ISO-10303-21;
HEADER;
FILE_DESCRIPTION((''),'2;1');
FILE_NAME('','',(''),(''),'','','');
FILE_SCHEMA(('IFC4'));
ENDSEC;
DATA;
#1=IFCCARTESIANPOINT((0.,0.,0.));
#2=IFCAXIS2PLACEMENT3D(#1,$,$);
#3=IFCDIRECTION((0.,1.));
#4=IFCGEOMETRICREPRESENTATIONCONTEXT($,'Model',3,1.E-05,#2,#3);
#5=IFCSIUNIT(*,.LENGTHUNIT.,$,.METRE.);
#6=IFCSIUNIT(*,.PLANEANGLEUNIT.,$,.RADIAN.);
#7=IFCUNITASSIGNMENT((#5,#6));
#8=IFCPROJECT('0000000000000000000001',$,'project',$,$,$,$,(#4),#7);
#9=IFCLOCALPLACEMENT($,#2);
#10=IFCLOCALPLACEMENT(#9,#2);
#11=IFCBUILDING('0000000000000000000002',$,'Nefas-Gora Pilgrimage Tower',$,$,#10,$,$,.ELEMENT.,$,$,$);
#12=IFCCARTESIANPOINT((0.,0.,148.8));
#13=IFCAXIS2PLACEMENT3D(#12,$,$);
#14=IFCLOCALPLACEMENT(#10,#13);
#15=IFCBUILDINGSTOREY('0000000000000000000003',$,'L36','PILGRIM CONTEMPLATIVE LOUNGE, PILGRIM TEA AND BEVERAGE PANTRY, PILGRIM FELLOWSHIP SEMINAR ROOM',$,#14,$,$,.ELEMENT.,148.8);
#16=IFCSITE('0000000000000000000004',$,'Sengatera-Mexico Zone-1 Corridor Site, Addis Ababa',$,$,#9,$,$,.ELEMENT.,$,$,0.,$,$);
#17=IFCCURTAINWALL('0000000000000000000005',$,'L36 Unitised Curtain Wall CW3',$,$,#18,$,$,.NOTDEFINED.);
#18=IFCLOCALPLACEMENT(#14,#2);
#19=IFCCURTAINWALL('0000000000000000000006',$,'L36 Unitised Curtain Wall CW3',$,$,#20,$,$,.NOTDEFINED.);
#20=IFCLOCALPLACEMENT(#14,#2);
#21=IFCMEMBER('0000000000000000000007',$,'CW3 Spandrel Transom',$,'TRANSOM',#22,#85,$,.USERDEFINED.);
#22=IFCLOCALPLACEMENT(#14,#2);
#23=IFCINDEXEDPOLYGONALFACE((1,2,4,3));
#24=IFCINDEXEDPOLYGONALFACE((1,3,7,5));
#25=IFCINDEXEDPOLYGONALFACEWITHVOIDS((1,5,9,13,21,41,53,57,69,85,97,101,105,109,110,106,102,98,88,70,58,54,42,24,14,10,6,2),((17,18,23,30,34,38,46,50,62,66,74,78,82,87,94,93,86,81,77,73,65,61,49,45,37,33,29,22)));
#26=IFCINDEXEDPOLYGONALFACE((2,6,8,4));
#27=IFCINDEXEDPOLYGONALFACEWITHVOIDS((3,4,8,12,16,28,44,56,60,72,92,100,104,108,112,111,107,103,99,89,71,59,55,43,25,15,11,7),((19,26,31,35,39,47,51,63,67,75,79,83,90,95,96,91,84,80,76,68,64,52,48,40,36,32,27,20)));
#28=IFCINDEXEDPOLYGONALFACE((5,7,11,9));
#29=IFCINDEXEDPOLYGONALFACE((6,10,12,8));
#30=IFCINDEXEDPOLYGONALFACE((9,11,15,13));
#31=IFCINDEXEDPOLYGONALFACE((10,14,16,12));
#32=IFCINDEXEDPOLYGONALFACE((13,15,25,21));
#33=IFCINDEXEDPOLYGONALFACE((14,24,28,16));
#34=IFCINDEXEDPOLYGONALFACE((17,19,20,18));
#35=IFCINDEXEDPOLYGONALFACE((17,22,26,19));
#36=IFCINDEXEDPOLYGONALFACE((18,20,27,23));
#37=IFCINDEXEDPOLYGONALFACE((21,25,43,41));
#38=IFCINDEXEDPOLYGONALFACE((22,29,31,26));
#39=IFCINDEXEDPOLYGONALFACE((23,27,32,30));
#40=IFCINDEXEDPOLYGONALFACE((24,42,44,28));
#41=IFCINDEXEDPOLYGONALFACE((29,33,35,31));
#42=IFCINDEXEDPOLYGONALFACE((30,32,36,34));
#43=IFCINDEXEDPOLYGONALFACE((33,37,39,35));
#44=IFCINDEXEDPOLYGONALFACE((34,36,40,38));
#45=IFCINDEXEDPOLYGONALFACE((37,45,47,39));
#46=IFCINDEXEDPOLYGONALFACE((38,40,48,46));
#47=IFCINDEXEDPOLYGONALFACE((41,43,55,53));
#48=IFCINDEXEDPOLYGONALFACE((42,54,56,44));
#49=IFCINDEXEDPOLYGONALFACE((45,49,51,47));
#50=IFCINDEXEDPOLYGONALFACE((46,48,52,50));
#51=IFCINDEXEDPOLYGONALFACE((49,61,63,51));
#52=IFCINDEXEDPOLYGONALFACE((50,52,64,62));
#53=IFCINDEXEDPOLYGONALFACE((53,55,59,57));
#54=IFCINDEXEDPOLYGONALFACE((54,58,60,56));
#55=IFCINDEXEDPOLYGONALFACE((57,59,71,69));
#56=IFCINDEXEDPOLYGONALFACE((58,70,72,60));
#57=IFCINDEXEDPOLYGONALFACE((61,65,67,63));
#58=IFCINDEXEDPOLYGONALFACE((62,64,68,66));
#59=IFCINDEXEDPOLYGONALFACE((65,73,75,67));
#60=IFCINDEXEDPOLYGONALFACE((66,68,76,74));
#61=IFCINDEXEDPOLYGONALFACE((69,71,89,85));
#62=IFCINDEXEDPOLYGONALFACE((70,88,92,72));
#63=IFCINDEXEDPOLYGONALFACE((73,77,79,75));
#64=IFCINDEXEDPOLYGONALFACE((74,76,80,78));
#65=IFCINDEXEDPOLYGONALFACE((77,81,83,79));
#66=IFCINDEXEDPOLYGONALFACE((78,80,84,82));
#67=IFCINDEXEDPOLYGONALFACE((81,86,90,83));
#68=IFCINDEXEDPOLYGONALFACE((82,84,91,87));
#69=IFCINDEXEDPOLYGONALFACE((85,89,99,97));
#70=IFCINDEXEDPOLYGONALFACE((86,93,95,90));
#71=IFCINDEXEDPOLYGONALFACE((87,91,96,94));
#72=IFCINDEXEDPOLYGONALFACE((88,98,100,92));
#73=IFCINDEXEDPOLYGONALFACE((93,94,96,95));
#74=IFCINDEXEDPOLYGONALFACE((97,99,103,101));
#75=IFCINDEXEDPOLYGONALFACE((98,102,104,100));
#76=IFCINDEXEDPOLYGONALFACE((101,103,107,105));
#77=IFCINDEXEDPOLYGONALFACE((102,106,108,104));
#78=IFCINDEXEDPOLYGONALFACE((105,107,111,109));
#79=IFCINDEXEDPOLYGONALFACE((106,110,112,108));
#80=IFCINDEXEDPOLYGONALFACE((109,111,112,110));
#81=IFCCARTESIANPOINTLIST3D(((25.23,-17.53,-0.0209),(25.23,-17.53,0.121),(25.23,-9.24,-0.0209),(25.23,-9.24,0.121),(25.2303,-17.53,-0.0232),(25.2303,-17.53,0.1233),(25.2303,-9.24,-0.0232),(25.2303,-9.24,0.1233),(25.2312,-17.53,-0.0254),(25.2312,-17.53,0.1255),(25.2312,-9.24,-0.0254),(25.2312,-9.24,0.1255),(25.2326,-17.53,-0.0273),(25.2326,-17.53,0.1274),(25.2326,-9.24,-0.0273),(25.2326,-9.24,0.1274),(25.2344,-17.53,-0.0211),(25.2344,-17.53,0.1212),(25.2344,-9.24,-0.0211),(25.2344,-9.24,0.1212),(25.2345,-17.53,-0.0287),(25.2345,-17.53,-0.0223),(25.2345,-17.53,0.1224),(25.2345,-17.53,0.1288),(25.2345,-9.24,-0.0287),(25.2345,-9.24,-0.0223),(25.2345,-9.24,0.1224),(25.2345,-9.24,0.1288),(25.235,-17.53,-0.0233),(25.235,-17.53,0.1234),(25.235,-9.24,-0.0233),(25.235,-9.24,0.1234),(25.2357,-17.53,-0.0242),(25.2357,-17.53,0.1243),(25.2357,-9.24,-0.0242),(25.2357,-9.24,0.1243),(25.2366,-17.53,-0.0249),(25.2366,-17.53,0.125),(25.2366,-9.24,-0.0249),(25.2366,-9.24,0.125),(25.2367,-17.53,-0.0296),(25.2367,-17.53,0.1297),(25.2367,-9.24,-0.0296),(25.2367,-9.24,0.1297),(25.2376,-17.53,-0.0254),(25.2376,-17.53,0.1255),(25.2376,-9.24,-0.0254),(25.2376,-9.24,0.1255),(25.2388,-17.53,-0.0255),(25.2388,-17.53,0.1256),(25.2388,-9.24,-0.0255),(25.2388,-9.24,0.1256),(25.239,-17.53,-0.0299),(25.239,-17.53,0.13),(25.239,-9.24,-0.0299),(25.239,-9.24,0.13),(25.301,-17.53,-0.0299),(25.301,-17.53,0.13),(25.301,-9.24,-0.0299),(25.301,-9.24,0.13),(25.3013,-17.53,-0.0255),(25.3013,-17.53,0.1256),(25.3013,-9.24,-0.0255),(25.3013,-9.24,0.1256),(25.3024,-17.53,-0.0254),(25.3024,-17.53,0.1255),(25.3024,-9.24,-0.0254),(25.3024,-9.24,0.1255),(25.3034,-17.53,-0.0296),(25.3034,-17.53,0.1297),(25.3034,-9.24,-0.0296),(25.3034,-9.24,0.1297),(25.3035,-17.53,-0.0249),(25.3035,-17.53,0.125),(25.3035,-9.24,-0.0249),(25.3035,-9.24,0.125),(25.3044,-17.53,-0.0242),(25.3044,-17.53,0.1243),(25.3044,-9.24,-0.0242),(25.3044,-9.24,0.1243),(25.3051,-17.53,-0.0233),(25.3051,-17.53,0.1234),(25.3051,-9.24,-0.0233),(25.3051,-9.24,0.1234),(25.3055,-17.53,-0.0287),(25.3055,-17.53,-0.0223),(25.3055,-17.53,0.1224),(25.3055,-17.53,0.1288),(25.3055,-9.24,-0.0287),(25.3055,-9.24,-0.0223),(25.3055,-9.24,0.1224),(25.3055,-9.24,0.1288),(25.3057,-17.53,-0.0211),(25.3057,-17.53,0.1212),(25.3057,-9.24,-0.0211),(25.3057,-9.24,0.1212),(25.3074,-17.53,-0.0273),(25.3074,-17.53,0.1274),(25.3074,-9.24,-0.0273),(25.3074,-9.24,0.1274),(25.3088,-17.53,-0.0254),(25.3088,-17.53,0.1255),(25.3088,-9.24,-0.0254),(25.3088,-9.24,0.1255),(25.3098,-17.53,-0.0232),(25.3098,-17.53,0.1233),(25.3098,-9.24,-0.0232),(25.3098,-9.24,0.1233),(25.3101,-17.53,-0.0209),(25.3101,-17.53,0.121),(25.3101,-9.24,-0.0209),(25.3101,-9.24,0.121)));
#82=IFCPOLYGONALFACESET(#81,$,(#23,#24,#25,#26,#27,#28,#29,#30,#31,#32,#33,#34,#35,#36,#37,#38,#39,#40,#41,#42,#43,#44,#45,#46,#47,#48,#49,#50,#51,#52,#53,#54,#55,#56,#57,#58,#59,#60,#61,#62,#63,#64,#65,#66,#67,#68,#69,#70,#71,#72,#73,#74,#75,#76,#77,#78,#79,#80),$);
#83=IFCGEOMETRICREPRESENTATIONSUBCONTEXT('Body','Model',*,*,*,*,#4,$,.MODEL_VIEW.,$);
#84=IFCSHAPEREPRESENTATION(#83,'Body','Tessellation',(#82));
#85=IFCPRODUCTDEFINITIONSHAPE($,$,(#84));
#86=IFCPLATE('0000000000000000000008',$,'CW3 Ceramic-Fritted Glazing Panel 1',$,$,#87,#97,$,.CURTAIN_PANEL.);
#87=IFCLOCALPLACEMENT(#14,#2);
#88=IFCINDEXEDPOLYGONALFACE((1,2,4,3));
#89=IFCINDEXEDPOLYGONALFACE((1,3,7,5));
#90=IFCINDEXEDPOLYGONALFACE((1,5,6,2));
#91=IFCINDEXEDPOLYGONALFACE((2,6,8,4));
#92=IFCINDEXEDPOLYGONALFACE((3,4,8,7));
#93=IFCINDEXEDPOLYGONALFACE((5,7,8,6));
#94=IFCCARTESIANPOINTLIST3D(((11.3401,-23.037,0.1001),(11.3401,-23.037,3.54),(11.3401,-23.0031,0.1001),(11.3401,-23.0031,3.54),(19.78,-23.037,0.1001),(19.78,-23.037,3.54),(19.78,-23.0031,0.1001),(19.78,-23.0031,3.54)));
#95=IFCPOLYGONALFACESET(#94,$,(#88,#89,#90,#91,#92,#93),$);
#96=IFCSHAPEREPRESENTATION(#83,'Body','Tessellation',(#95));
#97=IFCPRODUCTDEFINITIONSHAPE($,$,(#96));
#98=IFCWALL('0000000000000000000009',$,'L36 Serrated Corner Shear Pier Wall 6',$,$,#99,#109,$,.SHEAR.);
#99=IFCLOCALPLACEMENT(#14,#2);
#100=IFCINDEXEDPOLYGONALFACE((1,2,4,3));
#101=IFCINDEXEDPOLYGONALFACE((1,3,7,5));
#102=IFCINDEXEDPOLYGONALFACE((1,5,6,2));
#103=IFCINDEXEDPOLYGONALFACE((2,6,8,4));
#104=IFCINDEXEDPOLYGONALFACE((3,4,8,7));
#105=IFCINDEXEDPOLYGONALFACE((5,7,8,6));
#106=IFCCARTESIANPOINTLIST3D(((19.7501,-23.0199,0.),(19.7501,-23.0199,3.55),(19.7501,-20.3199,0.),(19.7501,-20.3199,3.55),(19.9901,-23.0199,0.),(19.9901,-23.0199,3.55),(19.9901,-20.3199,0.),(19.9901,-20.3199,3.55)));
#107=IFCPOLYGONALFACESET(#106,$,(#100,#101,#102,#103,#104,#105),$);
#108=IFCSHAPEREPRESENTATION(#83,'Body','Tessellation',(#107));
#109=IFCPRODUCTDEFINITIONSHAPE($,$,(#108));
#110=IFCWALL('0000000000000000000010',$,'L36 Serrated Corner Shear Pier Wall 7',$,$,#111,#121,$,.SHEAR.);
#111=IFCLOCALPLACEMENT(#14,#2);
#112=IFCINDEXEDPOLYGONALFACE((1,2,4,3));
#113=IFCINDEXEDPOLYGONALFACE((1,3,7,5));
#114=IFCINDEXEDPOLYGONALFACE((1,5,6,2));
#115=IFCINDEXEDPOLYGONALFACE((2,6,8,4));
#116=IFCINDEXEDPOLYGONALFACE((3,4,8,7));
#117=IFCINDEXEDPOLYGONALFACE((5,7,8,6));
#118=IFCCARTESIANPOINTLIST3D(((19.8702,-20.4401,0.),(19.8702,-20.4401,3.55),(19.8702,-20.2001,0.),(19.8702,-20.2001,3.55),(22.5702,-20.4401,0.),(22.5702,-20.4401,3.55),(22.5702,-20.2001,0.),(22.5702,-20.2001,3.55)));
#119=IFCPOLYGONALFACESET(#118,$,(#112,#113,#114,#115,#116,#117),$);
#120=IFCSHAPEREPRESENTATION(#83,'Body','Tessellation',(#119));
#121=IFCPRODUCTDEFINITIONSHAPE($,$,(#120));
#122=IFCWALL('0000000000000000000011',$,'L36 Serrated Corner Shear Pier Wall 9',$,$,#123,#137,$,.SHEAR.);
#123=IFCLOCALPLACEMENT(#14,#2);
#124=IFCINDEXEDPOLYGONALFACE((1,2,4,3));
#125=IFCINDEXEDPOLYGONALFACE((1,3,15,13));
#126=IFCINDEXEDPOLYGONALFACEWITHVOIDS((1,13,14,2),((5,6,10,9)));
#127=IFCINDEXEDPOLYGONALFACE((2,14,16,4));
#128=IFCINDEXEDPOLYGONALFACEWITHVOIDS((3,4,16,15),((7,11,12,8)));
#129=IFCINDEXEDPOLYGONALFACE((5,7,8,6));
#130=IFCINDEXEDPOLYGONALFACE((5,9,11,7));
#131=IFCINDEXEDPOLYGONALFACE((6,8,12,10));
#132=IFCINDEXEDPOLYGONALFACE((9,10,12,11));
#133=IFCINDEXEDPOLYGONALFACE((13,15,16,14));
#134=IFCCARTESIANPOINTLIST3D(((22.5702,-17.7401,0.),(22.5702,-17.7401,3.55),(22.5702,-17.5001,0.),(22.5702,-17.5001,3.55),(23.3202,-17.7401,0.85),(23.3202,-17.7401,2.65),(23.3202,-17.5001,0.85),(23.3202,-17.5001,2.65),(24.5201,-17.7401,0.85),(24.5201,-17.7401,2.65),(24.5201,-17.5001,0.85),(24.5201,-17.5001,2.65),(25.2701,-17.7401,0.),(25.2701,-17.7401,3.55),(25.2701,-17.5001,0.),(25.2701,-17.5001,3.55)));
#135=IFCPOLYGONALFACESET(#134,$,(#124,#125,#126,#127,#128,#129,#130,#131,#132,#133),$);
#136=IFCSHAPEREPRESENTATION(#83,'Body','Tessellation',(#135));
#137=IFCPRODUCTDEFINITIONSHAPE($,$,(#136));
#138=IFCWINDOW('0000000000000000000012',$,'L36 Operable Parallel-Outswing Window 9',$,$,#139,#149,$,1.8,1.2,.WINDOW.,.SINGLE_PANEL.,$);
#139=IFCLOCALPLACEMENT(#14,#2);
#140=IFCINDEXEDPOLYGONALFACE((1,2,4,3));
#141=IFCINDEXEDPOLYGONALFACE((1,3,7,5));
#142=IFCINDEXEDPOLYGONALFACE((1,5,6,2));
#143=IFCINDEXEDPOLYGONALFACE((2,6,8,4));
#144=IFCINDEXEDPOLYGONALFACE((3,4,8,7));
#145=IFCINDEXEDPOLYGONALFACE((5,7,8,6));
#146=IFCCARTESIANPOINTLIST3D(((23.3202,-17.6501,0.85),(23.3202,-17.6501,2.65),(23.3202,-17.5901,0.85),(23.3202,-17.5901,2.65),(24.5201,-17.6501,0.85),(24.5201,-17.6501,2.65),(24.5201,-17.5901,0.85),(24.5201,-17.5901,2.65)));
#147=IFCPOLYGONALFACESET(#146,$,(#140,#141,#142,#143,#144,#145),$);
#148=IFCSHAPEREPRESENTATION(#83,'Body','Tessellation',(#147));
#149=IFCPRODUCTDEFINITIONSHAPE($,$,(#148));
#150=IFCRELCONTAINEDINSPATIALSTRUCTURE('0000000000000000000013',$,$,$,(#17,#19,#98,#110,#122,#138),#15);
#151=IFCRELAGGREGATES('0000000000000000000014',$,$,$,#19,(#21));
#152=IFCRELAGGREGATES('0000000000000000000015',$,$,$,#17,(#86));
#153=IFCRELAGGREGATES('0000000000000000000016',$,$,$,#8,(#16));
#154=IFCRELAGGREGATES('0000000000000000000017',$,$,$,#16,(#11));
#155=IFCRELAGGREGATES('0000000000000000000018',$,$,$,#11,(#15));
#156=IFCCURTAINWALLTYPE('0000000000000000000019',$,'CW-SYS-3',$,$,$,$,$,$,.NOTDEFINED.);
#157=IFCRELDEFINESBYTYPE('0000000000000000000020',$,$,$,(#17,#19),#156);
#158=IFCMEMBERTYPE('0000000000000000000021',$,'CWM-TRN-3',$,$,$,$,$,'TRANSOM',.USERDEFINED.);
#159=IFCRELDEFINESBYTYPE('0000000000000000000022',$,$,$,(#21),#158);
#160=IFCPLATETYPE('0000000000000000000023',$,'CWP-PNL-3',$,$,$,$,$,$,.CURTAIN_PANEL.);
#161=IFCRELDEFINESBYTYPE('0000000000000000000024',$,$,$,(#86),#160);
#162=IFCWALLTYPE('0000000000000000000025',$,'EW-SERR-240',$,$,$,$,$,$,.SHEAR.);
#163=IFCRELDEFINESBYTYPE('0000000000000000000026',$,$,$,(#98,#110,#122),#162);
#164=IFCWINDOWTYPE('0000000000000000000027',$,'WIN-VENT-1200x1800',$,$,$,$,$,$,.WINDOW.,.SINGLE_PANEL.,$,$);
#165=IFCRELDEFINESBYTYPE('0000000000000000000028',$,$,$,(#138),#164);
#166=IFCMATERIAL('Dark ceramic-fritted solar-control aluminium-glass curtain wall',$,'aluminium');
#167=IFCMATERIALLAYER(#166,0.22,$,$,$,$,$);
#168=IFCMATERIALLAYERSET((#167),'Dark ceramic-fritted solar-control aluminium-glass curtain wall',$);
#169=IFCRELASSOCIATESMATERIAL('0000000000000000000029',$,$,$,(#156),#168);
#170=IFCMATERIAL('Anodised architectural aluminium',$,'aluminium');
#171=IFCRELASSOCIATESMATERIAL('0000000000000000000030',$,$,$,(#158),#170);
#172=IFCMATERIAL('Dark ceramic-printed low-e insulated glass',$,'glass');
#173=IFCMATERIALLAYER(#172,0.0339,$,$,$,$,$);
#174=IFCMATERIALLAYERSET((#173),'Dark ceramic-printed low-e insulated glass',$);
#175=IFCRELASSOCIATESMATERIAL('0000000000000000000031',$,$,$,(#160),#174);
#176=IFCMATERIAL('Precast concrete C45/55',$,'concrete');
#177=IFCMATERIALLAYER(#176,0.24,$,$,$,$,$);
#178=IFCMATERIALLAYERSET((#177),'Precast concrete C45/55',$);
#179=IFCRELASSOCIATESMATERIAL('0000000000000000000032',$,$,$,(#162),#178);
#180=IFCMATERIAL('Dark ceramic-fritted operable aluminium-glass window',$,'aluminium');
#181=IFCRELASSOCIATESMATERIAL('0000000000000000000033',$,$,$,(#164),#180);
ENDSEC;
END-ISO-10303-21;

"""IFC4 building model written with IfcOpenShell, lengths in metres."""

from ifc_helpers import new_model, si_unit, direction, frame, frame_2d, origin, origin_2d, place, context, subcontext, project, spatial, rectangle, hollow_rectangle, extrude, source, transform, mapped, material, layer, layer_set, material_profile, profile_set, type_object, element, fill, aggregate, save


model = new_model("IFC4")

# Units and contexts
model_context = context("Model", 3, precision=1e-05, world=origin(), true_north=direction((0.0, 1.0)))
body_context = subcontext(model_context, "Body", "Model", "MODEL_VIEW")
ifc_project = project(units=[si_unit("LENGTHUNIT", "METRE"), si_unit("PLANEANGLEUNIT", "RADIAN")], contexts=[model_context])

# Site, building, storey
site_placement = place(None, origin())
site = spatial("IfcSite", under=ifc_project, at=site_placement, Name="Sengatera-Mexico Zone-1 Corridor Site, Addis Ababa", CompositionType="ELEMENT", RefElevation=0.0)
building_placement = place(site_placement, origin())
building = spatial("IfcBuilding", under=site, at=building_placement, Name="Nefas-Gora Pilgrimage Tower", CompositionType="ELEMENT")
storey_placement = place(building_placement, frame((0.0, 0.0, 148.8)))
storey = spatial("IfcBuildingStorey", under=building, at=storey_placement, Name="L36", Description="PILGRIM CONTEMPLATIVE LOUNGE, PILGRIM TEA AND BEVERAGE PANTRY, PILGRIM FELLOWSHIP SEMINAR ROOM", CompositionType="ELEMENT", Elevation=148.8)

# Curtain wall
ifc_material_1 = material(Name="Dark ceramic-fritted solar-control aluminium-glass curtain wall", Category="aluminium")
ifc_layer_1 = layer(ifc_material_1, 0.22)
ifc_layer_set_1 = layer_set([ifc_layer_1], Name="Dark ceramic-fritted solar-control aluminium-glass curtain wall")
curtain_wall_type = type_object("IfcCurtainWallType", Name="CW-SYS-3", PredefinedType="NOTDEFINED", material=ifc_layer_set_1)
curtain_wall_1_placement = place(storey_placement, origin())
curtain_wall_1 = element("IfcCurtainWall", 1, at=curtain_wall_1_placement, inside=storey, type_object=curtain_wall_type, Name="L36 Unitised Curtain Wall CW3", PredefinedType="NOTDEFINED")
ifc_material_2 = material(Name="Anodised architectural aluminium", Category="aluminium")

# Curtain wall
curtain_wall_2_placement = place(storey_placement, origin())
curtain_wall_2 = element("IfcCurtainWall", 2, at=curtain_wall_2_placement, inside=storey, type_object=curtain_wall_type, Name="L36 Unitised Curtain Wall CW3", PredefinedType="NOTDEFINED")

# Member
ifc_material_profile_1 = material_profile(ifc_material_2, hollow_rectangle(XDim=0.0801, YDim=0.1599, WallThickness=0.0044, InnerFilletRadius=0.0044, OuterFilletRadius=0.009, at=origin_2d()), Name="ALU TRANSOM 80x160")
ifc_profile_set_1 = profile_set([ifc_material_profile_1], Name="Anodised architectural aluminium")
member_type_1 = type_object("IfcMemberType", Name="CWM-TRN-3", ElementType="TRANSOM", PredefinedType="USERDEFINED", material=ifc_profile_set_1)
shared_shape_1 = source(origin(), body_context, "Body", "SweptSolid", [
    extrude(hollow_rectangle(XDim=0.0801, YDim=0.1599, WallThickness=0.0044, InnerFilletRadius=0.0044, OuterFilletRadius=0.009, at=origin_2d()), origin(), (0.0, 0.0, 1.0), 8.29),
])
member_1_placement = place(storey_placement, frame((25.27, -17.53, 0.05), z_axis=(0.0, 1.0, 0.0), x_axis=(-1.0, 0.0, 0.0)))
member_1 = element("IfcMember", 3, at=member_1_placement, type_object=member_type_1, Name="CW3 Spandrel Transom", ObjectType="TRANSOM", PredefinedType="USERDEFINED", context=body_context, shape_type="MappedRepresentation", body=[
    mapped(shared_shape_1, transform((0.0, 0.0, 0.0), x_axis=(1.0, 0.0, 0.0), y_axis=(0.0, 1.0, 0.0), z_axis=(0.0, 0.0, 1.0), scale=1.0)),
])
aggregate(curtain_wall_2, [member_1])

# Plate
ifc_material_3 = material(Name="Dark ceramic-printed low-e insulated glass", Category="glass")
ifc_layer_2 = layer(ifc_material_3, 0.0339)
ifc_layer_set_2 = layer_set([ifc_layer_2], Name="Dark ceramic-printed low-e insulated glass")
plate_type = type_object("IfcPlateType", Name="CWP-PNL-3", PredefinedType="CURTAIN_PANEL", material=ifc_layer_set_2)
shared_shape_2 = source(origin(), body_context, "Body", "SweptSolid", [
    extrude(rectangle(XDim=8.4399, YDim=0.0339, at=origin_2d()), origin(), (0.0, 0.0, 1.0), 3.4399),
])
plate_placement = place(storey_placement, frame((15.5601, -23.02, 0.1001), z_axis=(0.0, 0.0, 1.0), x_axis=(1.0, 0.0, 0.0)))
plate = element("IfcPlate", 4, at=plate_placement, type_object=plate_type, Name="CW3 Ceramic-Fritted Glazing Panel 1", PredefinedType="CURTAIN_PANEL", context=body_context, shape_type="MappedRepresentation", body=[
    mapped(shared_shape_2, transform((0.0, 0.0, 0.0), x_axis=(1.0, 0.0, 0.0), y_axis=(0.0, 1.0, 0.0), z_axis=(0.0, 0.0, 1.0), scale=1.0)),
])
aggregate(curtain_wall_1, [plate])

# Walls
ifc_material_4 = material(Name="Precast concrete C45/55", Category="concrete")
ifc_layer_3 = layer(ifc_material_4, 0.24)
ifc_layer_set_3 = layer_set([ifc_layer_3], Name="Precast concrete C45/55")
wall_type_1 = type_object("IfcWallType", Name="EW-SERR-240", PredefinedType="SHEAR", material=ifc_layer_set_3)
shared_shape_3 = source(origin(), body_context, "Body", "SweptSolid", [
    extrude(rectangle(XDim=2.7, YDim=0.24, at=frame_2d((1.3501, 0.0))), origin(), (0.0, 0.0, 1.0), 3.55),
])
for number, where, z_axis, x_axis, name in (
    (5, (19.8701, -23.02, 0.0), (0.0, 0.0, 1.0), (0.0, 1.0, 0.0), "L36 Serrated Corner Shear Pier Wall 6"),
    (6, (19.8701, -20.3201, 0.0), (0.0, 0.0, 1.0), (1.0, 0.0, 0.0), "L36 Serrated Corner Shear Pier Wall 7"),
):
    element("IfcWall", number, at=place(storey_placement, frame(where, z_axis=z_axis, x_axis=x_axis)), inside=storey, type_object=wall_type_1, Name=name, PredefinedType="SHEAR", context=body_context, shape_type="MappedRepresentation", body=[
        mapped(shared_shape_3, transform((0.0, 0.0, 0.0), x_axis=(1.0, 0.0, 0.0), y_axis=(0.0, 1.0, 0.0), z_axis=(0.0, 0.0, 1.0), scale=1.0)),
    ])

# Wall, opening, window
wall_1_placement = place(storey_placement, frame((22.5701, -17.6201, 0.0), z_axis=(0.0, 0.0, 1.0), x_axis=(1.0, 0.0, 0.0)))
wall_1 = element("IfcWall", 7, at=wall_1_placement, inside=storey, type_object=wall_type_1, Name="L36 Serrated Corner Shear Pier Wall 9", PredefinedType="SHEAR", context=body_context, shape_type="MappedRepresentation", body=[
    mapped(shared_shape_3, transform((0.0, 0.0, 0.0), x_axis=(1.0, 0.0, 0.0), y_axis=(0.0, 1.0, 0.0), z_axis=(0.0, 0.0, 1.0), scale=1.0)),
])
opening_1_placement = place(wall_1_placement, frame((0.75, 0.0, 0.8501)))
opening_1 = element("IfcOpeningElement", 8, at=opening_1_placement, cuts=wall_1, PredefinedType="OPENING", context=body_context, shape_type="SweptSolid", body=[
    extrude(rectangle(XDim=1.2, YDim=1.8, at=frame_2d((0.6001, 0.8999))), frame((0.0, 0.1299, 0.0), z_axis=(0.0, -1.0, 0.0), x_axis=(1.0, 0.0, 0.0)), (0.0, 0.0, 1.0), 0.26),
])
ifc_material_5 = material(Name="Dark ceramic-fritted operable aluminium-glass window", Category="aluminium")
window_type = type_object("IfcWindowType", Name="WIN-VENT-1200x1800", PartitioningType="SINGLE_PANEL", PredefinedType="WINDOW", material=ifc_material_5)
shared_shape_4 = source(origin(), body_context, "Body", "SweptSolid", [
    extrude(rectangle(XDim=1.2, YDim=1.8, at=frame_2d((0.6001, 0.8999))), frame((0.0, 0.03, 0.0), z_axis=(0.0, -1.0, 0.0), x_axis=(1.0, 0.0, 0.0)), (0.0, 0.0, 1.0), 0.0601),
])
window_placement = place(opening_1_placement, origin())
window = element("IfcWindow", 9, at=window_placement, inside=storey, type_object=window_type, Name="L36 Operable Parallel-Outswing Window 9", OverallHeight=1.8, OverallWidth=1.2, PartitioningType="SINGLE_PANEL", PredefinedType="WINDOW", context=body_context, shape_type="MappedRepresentation", body=[
    mapped(shared_shape_4, transform((0.0, 0.0, 0.0), x_axis=(1.0, 0.0, 0.0), y_axis=(0.0, 1.0, 0.0), z_axis=(0.0, 0.0, 1.0), scale=1.0)),
])
fill(opening_1, window)

save(model, "model.ifc")
